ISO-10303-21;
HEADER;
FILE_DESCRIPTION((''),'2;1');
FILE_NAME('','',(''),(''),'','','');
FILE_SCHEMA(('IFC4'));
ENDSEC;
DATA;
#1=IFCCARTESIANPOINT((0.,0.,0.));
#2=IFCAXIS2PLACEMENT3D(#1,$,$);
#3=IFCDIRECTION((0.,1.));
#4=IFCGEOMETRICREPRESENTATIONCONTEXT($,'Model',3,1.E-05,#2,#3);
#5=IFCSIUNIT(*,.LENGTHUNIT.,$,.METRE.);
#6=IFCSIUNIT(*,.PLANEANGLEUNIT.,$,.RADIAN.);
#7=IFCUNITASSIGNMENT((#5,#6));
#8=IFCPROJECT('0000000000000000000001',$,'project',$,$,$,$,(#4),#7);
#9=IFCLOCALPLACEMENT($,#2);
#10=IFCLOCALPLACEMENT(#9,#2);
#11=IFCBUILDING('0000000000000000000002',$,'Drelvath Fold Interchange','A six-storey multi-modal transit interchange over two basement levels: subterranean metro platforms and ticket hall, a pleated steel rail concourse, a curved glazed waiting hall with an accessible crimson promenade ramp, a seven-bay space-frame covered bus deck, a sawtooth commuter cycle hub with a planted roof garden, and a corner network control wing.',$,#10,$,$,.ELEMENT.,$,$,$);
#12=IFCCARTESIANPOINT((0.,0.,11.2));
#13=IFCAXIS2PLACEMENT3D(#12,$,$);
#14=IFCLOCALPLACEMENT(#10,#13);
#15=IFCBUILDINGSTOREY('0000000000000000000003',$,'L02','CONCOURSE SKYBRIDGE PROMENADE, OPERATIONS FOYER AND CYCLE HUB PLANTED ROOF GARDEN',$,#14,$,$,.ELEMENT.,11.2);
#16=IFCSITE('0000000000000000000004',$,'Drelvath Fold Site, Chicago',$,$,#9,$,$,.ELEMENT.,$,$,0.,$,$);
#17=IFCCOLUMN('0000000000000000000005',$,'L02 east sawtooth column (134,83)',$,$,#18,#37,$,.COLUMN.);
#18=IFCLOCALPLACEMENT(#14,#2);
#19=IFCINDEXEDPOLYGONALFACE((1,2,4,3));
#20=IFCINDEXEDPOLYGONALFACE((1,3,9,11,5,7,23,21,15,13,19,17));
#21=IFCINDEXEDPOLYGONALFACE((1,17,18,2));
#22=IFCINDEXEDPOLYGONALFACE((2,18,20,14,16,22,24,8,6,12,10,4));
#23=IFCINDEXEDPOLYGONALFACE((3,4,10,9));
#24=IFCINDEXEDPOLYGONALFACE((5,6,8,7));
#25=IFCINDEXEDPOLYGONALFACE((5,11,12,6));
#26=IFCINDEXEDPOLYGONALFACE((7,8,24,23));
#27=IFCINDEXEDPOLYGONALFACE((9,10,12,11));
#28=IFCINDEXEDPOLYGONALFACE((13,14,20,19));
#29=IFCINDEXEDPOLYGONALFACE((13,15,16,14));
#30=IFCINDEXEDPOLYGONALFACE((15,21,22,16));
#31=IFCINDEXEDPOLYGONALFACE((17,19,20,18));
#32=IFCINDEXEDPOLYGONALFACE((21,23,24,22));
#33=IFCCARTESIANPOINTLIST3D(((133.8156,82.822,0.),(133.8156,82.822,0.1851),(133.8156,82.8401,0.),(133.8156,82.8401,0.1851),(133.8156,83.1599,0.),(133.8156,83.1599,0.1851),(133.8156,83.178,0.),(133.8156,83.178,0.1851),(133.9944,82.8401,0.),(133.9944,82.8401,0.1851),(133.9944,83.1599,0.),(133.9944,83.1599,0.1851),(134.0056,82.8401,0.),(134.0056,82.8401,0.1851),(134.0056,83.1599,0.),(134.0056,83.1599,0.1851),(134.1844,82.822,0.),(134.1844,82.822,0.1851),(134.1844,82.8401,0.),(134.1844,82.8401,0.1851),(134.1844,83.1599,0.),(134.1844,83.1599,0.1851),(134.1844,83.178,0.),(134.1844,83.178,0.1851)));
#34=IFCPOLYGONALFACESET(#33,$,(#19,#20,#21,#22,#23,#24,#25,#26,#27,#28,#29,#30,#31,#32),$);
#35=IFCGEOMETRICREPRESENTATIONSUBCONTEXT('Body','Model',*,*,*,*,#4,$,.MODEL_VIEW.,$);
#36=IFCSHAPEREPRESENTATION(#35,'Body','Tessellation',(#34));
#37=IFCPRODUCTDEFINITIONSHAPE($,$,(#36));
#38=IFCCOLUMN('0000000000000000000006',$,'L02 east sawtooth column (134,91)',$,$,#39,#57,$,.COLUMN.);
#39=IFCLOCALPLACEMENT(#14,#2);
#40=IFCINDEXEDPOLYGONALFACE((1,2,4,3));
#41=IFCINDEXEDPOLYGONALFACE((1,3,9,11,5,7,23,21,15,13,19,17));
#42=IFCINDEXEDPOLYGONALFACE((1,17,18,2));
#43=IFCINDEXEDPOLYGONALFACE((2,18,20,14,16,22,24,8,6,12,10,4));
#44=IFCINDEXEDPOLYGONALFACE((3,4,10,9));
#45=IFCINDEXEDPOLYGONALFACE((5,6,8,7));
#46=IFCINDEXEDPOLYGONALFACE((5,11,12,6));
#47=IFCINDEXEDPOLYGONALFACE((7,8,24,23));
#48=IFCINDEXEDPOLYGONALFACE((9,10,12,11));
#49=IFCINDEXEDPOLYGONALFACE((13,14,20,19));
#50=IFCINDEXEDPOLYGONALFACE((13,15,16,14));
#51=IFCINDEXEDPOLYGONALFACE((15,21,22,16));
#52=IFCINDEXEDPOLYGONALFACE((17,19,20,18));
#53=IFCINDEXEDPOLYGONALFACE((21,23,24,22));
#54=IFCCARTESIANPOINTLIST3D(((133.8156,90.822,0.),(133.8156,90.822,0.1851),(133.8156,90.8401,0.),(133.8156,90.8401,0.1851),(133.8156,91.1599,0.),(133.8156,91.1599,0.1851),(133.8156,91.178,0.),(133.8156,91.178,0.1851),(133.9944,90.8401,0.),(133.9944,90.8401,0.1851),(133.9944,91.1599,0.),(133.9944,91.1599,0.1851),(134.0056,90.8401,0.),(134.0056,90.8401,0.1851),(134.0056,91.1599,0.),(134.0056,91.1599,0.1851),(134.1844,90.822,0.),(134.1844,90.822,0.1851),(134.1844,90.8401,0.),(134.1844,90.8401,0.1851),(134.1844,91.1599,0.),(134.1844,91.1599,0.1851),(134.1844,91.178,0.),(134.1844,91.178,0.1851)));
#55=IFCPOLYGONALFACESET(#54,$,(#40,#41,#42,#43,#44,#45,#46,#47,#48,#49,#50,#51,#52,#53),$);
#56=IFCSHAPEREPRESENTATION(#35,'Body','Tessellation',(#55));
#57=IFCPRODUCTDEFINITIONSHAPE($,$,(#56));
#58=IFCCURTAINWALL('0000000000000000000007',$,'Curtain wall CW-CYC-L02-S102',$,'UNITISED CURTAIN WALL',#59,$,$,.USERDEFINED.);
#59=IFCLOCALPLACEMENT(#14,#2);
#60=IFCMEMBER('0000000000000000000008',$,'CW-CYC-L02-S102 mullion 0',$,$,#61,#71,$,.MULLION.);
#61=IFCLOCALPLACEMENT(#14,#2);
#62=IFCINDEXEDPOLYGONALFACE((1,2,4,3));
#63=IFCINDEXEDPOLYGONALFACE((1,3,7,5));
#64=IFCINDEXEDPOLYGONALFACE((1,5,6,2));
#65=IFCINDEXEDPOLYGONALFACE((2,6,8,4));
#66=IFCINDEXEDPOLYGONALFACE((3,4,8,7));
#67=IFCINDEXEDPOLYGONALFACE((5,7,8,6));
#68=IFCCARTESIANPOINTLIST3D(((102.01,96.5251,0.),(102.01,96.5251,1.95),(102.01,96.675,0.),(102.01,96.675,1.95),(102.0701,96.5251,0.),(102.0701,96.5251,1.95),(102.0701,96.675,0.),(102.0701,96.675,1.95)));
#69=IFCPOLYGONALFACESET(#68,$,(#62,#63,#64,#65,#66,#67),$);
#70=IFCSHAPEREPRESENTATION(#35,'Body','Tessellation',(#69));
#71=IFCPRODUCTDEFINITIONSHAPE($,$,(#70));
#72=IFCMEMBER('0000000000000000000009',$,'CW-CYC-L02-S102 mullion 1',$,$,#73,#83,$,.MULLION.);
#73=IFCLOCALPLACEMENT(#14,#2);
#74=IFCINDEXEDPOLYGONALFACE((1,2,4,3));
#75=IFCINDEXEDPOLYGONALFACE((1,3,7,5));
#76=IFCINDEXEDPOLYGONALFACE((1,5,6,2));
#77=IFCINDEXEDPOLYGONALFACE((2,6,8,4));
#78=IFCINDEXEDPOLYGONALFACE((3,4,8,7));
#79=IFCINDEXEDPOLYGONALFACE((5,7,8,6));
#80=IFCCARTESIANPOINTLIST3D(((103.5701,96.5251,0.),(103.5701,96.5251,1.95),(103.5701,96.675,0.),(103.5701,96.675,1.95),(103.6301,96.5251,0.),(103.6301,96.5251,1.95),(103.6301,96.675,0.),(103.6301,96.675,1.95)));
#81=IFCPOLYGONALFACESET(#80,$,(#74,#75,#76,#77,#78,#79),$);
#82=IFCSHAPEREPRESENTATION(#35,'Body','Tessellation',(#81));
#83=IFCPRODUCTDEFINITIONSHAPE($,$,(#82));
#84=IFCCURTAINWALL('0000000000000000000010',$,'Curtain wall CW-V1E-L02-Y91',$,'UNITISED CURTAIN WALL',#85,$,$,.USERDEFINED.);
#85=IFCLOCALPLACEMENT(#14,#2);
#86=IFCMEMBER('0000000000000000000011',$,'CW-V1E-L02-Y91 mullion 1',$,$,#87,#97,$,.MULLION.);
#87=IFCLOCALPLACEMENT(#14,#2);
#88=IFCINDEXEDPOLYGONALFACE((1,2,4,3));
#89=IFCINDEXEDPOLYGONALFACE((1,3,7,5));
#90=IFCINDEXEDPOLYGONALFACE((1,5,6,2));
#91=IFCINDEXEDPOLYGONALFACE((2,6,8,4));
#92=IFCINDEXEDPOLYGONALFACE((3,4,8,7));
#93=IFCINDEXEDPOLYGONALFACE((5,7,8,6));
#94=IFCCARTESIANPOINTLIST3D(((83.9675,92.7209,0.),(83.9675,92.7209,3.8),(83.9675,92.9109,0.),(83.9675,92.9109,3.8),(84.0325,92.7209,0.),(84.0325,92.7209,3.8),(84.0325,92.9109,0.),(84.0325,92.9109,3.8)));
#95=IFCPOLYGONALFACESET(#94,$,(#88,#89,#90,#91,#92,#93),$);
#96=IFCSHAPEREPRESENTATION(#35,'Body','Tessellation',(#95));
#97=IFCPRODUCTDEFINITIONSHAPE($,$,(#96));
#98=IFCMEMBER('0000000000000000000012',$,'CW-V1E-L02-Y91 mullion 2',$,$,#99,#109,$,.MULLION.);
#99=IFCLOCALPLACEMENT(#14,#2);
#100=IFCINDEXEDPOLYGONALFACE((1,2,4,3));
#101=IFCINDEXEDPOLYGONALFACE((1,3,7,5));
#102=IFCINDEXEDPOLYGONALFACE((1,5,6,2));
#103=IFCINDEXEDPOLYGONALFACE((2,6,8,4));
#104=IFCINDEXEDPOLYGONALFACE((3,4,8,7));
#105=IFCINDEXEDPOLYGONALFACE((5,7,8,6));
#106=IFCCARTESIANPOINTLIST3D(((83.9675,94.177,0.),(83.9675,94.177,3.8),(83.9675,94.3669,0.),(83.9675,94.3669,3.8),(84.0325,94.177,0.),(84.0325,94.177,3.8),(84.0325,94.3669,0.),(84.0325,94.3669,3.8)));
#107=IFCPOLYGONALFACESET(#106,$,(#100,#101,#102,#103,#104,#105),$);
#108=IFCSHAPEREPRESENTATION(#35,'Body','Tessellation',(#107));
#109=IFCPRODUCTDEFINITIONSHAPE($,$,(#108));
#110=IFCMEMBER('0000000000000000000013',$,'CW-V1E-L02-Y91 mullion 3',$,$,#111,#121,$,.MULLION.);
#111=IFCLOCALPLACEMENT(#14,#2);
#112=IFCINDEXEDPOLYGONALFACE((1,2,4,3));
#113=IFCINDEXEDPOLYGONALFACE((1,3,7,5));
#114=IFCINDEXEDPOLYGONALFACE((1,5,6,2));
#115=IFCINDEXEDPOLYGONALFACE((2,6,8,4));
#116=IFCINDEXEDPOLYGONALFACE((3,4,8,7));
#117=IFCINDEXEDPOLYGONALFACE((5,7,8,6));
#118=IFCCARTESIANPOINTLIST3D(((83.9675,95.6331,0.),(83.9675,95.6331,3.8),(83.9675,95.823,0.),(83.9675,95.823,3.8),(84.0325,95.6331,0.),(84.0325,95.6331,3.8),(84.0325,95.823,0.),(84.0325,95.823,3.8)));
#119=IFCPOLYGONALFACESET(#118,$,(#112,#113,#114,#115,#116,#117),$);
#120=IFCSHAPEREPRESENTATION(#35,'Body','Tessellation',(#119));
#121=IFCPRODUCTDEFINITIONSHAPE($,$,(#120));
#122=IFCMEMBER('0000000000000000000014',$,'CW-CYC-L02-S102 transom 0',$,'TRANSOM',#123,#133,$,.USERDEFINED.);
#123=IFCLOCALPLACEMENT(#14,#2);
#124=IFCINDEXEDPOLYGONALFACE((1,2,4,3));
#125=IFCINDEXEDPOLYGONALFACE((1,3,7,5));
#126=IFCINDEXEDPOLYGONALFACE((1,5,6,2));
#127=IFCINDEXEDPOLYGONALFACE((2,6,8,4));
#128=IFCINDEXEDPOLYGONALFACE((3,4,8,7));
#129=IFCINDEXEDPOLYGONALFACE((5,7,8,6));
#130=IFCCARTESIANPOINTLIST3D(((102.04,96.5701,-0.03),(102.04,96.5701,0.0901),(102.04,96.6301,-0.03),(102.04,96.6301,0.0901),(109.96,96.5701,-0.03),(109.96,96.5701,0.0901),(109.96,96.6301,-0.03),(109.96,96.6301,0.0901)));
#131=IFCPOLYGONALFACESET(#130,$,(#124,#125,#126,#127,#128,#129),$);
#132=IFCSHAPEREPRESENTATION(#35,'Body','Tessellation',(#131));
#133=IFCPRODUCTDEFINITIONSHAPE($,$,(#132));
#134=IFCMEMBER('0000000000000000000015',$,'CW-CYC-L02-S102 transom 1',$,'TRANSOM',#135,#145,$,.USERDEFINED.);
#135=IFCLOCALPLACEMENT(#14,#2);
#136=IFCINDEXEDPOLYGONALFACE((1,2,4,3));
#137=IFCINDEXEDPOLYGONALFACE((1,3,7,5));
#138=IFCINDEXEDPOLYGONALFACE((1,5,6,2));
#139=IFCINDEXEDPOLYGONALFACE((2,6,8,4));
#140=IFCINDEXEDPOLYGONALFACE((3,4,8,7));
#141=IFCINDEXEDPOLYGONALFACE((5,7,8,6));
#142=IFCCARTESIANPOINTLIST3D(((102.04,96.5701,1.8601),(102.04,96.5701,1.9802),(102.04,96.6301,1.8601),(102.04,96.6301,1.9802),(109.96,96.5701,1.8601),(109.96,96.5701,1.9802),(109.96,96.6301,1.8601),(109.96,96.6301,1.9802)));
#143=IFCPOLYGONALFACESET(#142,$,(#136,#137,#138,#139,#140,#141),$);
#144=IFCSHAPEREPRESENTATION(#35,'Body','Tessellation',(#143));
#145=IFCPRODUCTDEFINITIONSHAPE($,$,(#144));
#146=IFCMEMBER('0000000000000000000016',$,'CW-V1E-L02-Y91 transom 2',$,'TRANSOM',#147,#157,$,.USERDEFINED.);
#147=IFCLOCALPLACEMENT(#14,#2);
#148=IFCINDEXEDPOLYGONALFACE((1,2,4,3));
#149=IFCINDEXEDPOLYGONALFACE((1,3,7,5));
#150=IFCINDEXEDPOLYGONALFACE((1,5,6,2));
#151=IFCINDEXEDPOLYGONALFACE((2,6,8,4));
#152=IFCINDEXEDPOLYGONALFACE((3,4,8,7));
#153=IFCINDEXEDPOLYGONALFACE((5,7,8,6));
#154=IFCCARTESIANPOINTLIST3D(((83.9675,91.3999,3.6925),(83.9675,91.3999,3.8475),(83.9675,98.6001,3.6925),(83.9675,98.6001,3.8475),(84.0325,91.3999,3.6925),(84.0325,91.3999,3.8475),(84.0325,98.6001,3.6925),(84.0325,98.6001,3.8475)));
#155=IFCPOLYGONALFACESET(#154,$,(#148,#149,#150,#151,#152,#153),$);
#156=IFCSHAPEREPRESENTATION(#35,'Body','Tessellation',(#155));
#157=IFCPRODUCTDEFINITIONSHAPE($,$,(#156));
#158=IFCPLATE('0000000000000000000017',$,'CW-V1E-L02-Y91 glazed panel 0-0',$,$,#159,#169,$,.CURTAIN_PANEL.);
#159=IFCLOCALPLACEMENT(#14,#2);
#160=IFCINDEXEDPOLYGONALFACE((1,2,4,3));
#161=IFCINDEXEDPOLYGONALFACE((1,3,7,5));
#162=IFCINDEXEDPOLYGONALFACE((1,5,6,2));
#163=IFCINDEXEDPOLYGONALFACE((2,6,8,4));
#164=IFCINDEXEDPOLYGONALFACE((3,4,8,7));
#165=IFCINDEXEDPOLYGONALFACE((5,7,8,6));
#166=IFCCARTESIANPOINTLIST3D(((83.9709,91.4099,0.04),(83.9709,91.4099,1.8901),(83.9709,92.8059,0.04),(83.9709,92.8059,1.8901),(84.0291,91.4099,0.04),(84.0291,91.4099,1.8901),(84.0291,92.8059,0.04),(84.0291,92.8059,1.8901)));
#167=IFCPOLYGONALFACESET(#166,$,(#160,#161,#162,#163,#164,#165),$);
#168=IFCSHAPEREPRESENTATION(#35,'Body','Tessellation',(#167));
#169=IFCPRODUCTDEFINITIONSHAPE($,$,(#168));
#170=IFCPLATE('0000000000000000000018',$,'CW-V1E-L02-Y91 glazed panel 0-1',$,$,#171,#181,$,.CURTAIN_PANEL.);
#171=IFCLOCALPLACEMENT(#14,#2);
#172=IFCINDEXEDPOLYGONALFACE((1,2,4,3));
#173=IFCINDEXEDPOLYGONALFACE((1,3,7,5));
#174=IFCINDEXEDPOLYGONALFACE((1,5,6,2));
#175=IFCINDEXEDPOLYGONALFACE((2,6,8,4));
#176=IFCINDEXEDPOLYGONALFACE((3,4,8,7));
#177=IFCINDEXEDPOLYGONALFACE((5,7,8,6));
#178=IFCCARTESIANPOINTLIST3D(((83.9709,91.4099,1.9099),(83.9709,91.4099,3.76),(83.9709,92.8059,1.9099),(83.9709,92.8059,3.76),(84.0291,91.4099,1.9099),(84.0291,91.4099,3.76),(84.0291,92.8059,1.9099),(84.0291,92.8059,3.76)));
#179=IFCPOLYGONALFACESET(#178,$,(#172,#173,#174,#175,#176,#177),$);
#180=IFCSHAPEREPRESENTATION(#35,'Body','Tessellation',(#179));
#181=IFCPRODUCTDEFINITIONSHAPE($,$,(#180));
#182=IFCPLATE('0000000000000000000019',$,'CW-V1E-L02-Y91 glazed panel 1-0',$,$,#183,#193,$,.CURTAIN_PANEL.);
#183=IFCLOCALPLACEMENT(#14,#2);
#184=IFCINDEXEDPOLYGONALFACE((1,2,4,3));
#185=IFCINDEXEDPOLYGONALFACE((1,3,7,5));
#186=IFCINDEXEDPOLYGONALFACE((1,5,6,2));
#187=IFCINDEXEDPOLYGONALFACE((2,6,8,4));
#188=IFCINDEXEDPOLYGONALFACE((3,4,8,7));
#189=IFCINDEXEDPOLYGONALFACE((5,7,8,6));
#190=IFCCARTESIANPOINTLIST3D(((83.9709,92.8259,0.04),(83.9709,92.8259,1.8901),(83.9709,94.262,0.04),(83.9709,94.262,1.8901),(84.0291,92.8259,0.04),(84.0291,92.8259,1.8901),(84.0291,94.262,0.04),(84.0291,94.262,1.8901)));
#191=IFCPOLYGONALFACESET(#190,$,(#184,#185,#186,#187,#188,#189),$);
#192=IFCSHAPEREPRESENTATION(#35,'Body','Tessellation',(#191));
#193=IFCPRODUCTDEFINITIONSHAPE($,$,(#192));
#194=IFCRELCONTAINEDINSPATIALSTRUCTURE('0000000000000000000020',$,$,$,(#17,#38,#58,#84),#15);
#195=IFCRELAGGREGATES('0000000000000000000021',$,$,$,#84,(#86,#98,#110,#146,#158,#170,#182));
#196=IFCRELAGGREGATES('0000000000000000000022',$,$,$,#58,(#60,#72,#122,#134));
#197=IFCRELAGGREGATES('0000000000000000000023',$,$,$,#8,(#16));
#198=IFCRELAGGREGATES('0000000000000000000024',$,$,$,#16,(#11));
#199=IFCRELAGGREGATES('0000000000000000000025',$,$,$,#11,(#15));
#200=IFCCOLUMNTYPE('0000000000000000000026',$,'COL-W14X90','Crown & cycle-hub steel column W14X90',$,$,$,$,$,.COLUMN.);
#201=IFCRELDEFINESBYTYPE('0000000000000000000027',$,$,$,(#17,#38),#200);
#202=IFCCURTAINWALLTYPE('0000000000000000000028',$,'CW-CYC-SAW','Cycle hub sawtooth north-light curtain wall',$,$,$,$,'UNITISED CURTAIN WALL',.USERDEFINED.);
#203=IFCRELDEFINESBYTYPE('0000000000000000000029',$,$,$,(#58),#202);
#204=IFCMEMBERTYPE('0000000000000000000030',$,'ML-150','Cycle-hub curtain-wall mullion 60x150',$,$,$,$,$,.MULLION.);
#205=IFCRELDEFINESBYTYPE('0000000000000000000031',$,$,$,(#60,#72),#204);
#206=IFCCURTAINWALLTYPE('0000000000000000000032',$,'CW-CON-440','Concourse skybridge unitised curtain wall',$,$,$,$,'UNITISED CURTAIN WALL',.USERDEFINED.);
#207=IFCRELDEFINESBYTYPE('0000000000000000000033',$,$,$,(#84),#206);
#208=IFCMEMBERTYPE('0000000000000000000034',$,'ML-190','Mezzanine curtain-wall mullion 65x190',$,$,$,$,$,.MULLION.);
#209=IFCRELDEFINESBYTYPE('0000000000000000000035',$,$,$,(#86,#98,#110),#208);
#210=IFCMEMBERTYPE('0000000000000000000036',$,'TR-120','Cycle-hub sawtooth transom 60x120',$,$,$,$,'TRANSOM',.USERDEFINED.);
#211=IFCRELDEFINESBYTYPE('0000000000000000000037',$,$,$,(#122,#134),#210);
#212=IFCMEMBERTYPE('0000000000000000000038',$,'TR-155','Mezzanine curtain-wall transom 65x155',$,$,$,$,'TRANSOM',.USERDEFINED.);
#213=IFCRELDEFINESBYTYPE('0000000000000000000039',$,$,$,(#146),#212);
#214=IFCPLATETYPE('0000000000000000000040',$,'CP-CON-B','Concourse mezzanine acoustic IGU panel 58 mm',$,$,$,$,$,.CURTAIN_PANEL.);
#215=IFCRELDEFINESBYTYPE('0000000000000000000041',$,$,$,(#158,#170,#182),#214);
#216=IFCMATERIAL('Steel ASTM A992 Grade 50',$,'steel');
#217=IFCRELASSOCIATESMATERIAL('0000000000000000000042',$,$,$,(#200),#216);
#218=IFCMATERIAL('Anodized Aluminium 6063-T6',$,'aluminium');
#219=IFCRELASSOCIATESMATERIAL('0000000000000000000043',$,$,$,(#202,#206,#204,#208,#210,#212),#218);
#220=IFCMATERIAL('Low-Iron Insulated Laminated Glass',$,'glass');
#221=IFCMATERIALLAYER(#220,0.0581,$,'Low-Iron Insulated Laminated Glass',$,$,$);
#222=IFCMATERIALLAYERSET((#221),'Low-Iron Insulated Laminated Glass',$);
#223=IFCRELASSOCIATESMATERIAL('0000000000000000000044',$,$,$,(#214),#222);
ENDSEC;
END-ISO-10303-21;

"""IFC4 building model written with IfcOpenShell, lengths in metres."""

from ifc_helpers import new_model, si_unit, direction, frame, origin, origin_2d, place, context, subcontext, project, spatial, rectangle, i_section, extrude, material, layer, layer_set, material_profile, profile_set, type_object, element, aggregate, save


model = new_model("IFC4")

# Units and contexts
model_context = context("Model", 3, precision=1e-05, world=origin(), true_north=direction((0.0, 1.0)))
body_context = subcontext(model_context, "Body", "Model", "MODEL_VIEW")
ifc_project = project(units=[si_unit("LENGTHUNIT", "METRE"), si_unit("PLANEANGLEUNIT", "RADIAN")], contexts=[model_context])

# Site, building, storey
site_placement = place(None, origin())
site = spatial("IfcSite", under=ifc_project, at=site_placement, Name="Drelvath Fold Site, Chicago", CompositionType="ELEMENT", RefElevation=0.0)
building_placement = place(site_placement, origin())
building = spatial("IfcBuilding", under=site, at=building_placement, Name="Drelvath Fold Interchange", Description="A six-storey multi-modal transit interchange over two basement levels: subterranean metro platforms and ticket hall, a pleated steel rail concourse, a curved glazed waiting hall with an accessible crimson promenade ramp, a seven-bay space-frame covered bus deck, a sawtooth commuter cycle hub with a planted roof garden, and a corner network control wing.", CompositionType="ELEMENT")
storey_placement = place(building_placement, frame((0.0, 0.0, 11.2)))
storey = spatial("IfcBuildingStorey", under=building, at=storey_placement, Name="L02", Description="CONCOURSE SKYBRIDGE PROMENADE, OPERATIONS FOYER AND CYCLE HUB PLANTED ROOF GARDEN", CompositionType="ELEMENT", Elevation=11.2)

# Columns
ifc_material_1 = material(Name="Steel ASTM A992 Grade 50", Category="steel")
ifc_material_profile_1 = material_profile(ifc_material_1, i_section(OverallWidth=0.3689, OverallDepth=0.356, WebThickness=0.0112, FlangeThickness=0.0181, at=origin_2d()), Name="W14X90")
ifc_profile_set_1 = profile_set([ifc_material_profile_1], Name="Steel ASTM A992 Grade 50")
column_type = type_object("IfcColumnType", Name="COL-W14X90", Description="Crown & cycle-hub steel column W14X90", PredefinedType="COLUMN", material=ifc_profile_set_1)
for number, where, z_axis, x_axis, name in (
    (1, (134.0, 83.0, 0.0), (0.0, 0.0, 1.0), (1.0, 0.0, 0.0), "L02 east sawtooth column (134,83)"),
    (2, (134.0, 91.0, 0.0), (0.0, 0.0, 1.0), (1.0, 0.0, 0.0), "L02 east sawtooth column (134,91)"),
):
    element("IfcColumn", number, at=place(storey_placement, frame(where, z_axis=z_axis, x_axis=x_axis)), inside=storey, type_object=column_type, Name=name, PredefinedType="COLUMN", context=body_context, shape_type="SweptSolid", body=[
        extrude(i_section(OverallWidth=0.3689, OverallDepth=0.356, WebThickness=0.0112, FlangeThickness=0.0181, at=origin_2d()), origin(), (0.0, 0.0, 1.0), 0.1851),
    ])

# Curtain walls, members
ifc_material_2 = material(Name="Anodized Aluminium 6063-T6", Category="aluminium")
curtain_wall_type_1 = type_object("IfcCurtainWallType", Name="CW-CYC-SAW", Description="Cycle hub sawtooth north-light curtain wall", ElementType="UNITISED CURTAIN WALL", PredefinedType="USERDEFINED", material=ifc_material_2)
curtain_wall_1_placement = place(storey_placement, origin())
curtain_wall_1 = element("IfcCurtainWall", 3, at=curtain_wall_1_placement, inside=storey, type_object=curtain_wall_type_1, Name="Curtain wall CW-CYC-L02-S102", ObjectType="UNITISED CURTAIN WALL", PredefinedType="USERDEFINED")
ifc_material_profile_2 = material_profile(ifc_material_2, rectangle(XDim=0.0601, YDim=0.1499, at=origin_2d()), Name="AL-M 60x150")
ifc_profile_set_2 = profile_set([ifc_material_profile_2], Name="Anodized Aluminium 6063-T6")
member_type_1 = type_object("IfcMemberType", Name="ML-150", Description="Cycle-hub curtain-wall mullion 60x150", PredefinedType="MULLION", material=ifc_profile_set_2)
member_1_placement = place(storey_placement, frame((102.04, 96.6001, 0.0), z_axis=(0.0, 0.0, 1.0), x_axis=(1.0, 0.0, 0.0)))
member_1 = element("IfcMember", 4, at=member_1_placement, type_object=member_type_1, Name="CW-CYC-L02-S102 mullion 0", PredefinedType="MULLION", context=body_context, shape_type="SweptSolid", body=[
    extrude(rectangle(XDim=0.0601, YDim=0.1499, at=origin_2d()), origin(), (0.0, 0.0, 1.0), 1.95),
])
member_2_placement = place(storey_placement, frame((103.6001, 96.6001, 0.0), z_axis=(0.0, 0.0, 1.0), x_axis=(1.0, 0.0, 0.0)))
member_2 = element("IfcMember", 5, at=member_2_placement, type_object=member_type_1, Name="CW-CYC-L02-S102 mullion 1", PredefinedType="MULLION", context=body_context, shape_type="SweptSolid", body=[
    extrude(rectangle(XDim=0.0601, YDim=0.1499, at=origin_2d()), origin(), (0.0, 0.0, 1.0), 1.95),
])
curtain_wall_type_2 = type_object("IfcCurtainWallType", Name="CW-CON-440", Description="Concourse skybridge unitised curtain wall", ElementType="UNITISED CURTAIN WALL", PredefinedType="USERDEFINED", material=ifc_material_2)
curtain_wall_2_placement = place(storey_placement, origin())
curtain_wall_2 = element("IfcCurtainWall", 6, at=curtain_wall_2_placement, inside=storey, type_object=curtain_wall_type_2, Name="Curtain wall CW-V1E-L02-Y91", ObjectType="UNITISED CURTAIN WALL", PredefinedType="USERDEFINED")
ifc_material_profile_3 = material_profile(ifc_material_2, rectangle(XDim=0.0649, YDim=0.1899, at=origin_2d()), Name="AL-M 65x190")
ifc_profile_set_3 = profile_set([ifc_material_profile_3], Name="Anodized Aluminium 6063-T6")
member_type_2 = type_object("IfcMemberType", Name="ML-190", Description="Mezzanine curtain-wall mullion 65x190", PredefinedType="MULLION", material=ifc_profile_set_3)
member_3_placement = place(storey_placement, frame((84.0, 92.8159, 0.0), z_axis=(0.0, 0.0, 1.0), x_axis=(1.0, 0.0, 0.0)))
member_3 = element("IfcMember", 7, at=member_3_placement, type_object=member_type_2, Name="CW-V1E-L02-Y91 mullion 1", PredefinedType="MULLION", context=body_context, shape_type="SweptSolid", body=[
    extrude(rectangle(XDim=0.0649, YDim=0.1899, at=origin_2d()), origin(), (0.0, 0.0, 1.0), 3.8),
])
member_4_placement = place(storey_placement, frame((84.0, 94.272, 0.0), z_axis=(0.0, 0.0, 1.0), x_axis=(1.0, 0.0, 0.0)))
member_4 = element("IfcMember", 8, at=member_4_placement, type_object=member_type_2, Name="CW-V1E-L02-Y91 mullion 2", PredefinedType="MULLION", context=body_context, shape_type="SweptSolid", body=[
    extrude(rectangle(XDim=0.0649, YDim=0.1899, at=origin_2d()), origin(), (0.0, 0.0, 1.0), 3.8),
])
member_5_placement = place(storey_placement, frame((84.0, 95.728, 0.0), z_axis=(0.0, 0.0, 1.0), x_axis=(1.0, 0.0, 0.0)))
member_5 = element("IfcMember", 9, at=member_5_placement, type_object=member_type_2, Name="CW-V1E-L02-Y91 mullion 3", PredefinedType="MULLION", context=body_context, shape_type="SweptSolid", body=[
    extrude(rectangle(XDim=0.0649, YDim=0.1899, at=origin_2d()), origin(), (0.0, 0.0, 1.0), 3.8),
])

# Members
ifc_material_profile_4 = material_profile(ifc_material_2, rectangle(XDim=0.0601, YDim=0.1201, at=origin_2d()), Name="AL-T 60x120")
ifc_profile_set_4 = profile_set([ifc_material_profile_4], Name="Anodized Aluminium 6063-T6")
member_type_3 = type_object("IfcMemberType", Name="TR-120", Description="Cycle-hub sawtooth transom 60x120", ElementType="TRANSOM", PredefinedType="USERDEFINED", material=ifc_profile_set_4)
member_6_placement = place(storey_placement, frame((102.04, 96.6001, 0.03), z_axis=(1.0, 0.0, 0.0), x_axis=(0.0, 1.0, 0.0)))
member_6 = element("IfcMember", 10, at=member_6_placement, type_object=member_type_3, Name="CW-CYC-L02-S102 transom 0", ObjectType="TRANSOM", PredefinedType="USERDEFINED", context=body_context, shape_type="SweptSolid", body=[
    extrude(rectangle(XDim=0.0601, YDim=0.1201, at=origin_2d()), origin(), (0.0, 0.0, 1.0), 7.9199),
])
member_7_placement = place(storey_placement, frame((102.04, 96.6001, 1.9202), z_axis=(1.0, 0.0, 0.0), x_axis=(0.0, 1.0, 0.0)))
member_7 = element("IfcMember", 11, at=member_7_placement, type_object=member_type_3, Name="CW-CYC-L02-S102 transom 1", ObjectType="TRANSOM", PredefinedType="USERDEFINED", context=body_context, shape_type="SweptSolid", body=[
    extrude(rectangle(XDim=0.0601, YDim=0.1201, at=origin_2d()), origin(), (0.0, 0.0, 1.0), 7.9199),
])
ifc_material_profile_5 = material_profile(ifc_material_2, rectangle(XDim=0.0649, YDim=0.155, at=origin_2d()), Name="AL-T 65x155")
ifc_profile_set_5 = profile_set([ifc_material_profile_5], Name="Anodized Aluminium 6063-T6")
member_type_4 = type_object("IfcMemberType", Name="TR-155", Description="Mezzanine curtain-wall transom 65x155", ElementType="TRANSOM", PredefinedType="USERDEFINED", material=ifc_profile_set_5)
member_8_placement = place(storey_placement, frame((84.0, 91.3999, 3.77), z_axis=(0.0, 1.0, 0.0), x_axis=(-1.0, 0.0, 0.0)))
member_8 = element("IfcMember", 12, at=member_8_placement, type_object=member_type_4, Name="CW-V1E-L02-Y91 transom 2", ObjectType="TRANSOM", PredefinedType="USERDEFINED", context=body_context, shape_type="SweptSolid", body=[
    extrude(rectangle(XDim=0.0649, YDim=0.155, at=origin_2d()), origin(), (0.0, 0.0, 1.0), 7.2002),
])

# Plates
ifc_material_3 = material(Name="Low-Iron Insulated Laminated Glass", Category="glass")
ifc_layer_1 = layer(ifc_material_3, 0.0581, Name="Low-Iron Insulated Laminated Glass")
ifc_layer_set_1 = layer_set([ifc_layer_1], Name="Low-Iron Insulated Laminated Glass")
plate_type_1 = type_object("IfcPlateType", Name="CP-CON-B", Description="Concourse mezzanine acoustic IGU panel 58 mm", PredefinedType="CURTAIN_PANEL", material=ifc_layer_set_1)
plate_1_placement = place(storey_placement, frame((84.0, 92.1079, 0.04), z_axis=(0.0, 0.0, 1.0), x_axis=(0.0, 1.0, 0.0)))
plate_1 = element("IfcPlate", 13, at=plate_1_placement, type_object=plate_type_1, Name="CW-V1E-L02-Y91 glazed panel 0-0", PredefinedType="CURTAIN_PANEL", context=body_context, shape_type="SweptSolid", body=[
    extrude(rectangle(XDim=1.396, YDim=0.0581, at=origin_2d()), origin(), (0.0, 0.0, 1.0), 1.8501),
])
plate_2_placement = place(storey_placement, frame((84.0, 92.1079, 1.9099), z_axis=(0.0, 0.0, 1.0), x_axis=(0.0, 1.0, 0.0)))
plate_2 = element("IfcPlate", 14, at=plate_2_placement, type_object=plate_type_1, Name="CW-V1E-L02-Y91 glazed panel 0-1", PredefinedType="CURTAIN_PANEL", context=body_context, shape_type="SweptSolid", body=[
    extrude(rectangle(XDim=1.396, YDim=0.0581, at=origin_2d()), origin(), (0.0, 0.0, 1.0), 1.8501),
])
plate_3_placement = place(storey_placement, frame((84.0, 93.5439, 0.04), z_axis=(0.0, 0.0, 1.0), x_axis=(0.0, 1.0, 0.0)))
plate_3 = element("IfcPlate", 15, at=plate_3_placement, type_object=plate_type_1, Name="CW-V1E-L02-Y91 glazed panel 1-0", PredefinedType="CURTAIN_PANEL", context=body_context, shape_type="SweptSolid", body=[
    extrude(rectangle(XDim=1.436, YDim=0.0581, at=origin_2d()), origin(), (0.0, 0.0, 1.0), 1.8501),
])
aggregate(curtain_wall_2, [member_3, member_4, member_5, member_8, plate_1, plate_2, plate_3])
aggregate(curtain_wall_1, [member_1, member_2, member_6, member_7])

save(model, "model.ifc")
